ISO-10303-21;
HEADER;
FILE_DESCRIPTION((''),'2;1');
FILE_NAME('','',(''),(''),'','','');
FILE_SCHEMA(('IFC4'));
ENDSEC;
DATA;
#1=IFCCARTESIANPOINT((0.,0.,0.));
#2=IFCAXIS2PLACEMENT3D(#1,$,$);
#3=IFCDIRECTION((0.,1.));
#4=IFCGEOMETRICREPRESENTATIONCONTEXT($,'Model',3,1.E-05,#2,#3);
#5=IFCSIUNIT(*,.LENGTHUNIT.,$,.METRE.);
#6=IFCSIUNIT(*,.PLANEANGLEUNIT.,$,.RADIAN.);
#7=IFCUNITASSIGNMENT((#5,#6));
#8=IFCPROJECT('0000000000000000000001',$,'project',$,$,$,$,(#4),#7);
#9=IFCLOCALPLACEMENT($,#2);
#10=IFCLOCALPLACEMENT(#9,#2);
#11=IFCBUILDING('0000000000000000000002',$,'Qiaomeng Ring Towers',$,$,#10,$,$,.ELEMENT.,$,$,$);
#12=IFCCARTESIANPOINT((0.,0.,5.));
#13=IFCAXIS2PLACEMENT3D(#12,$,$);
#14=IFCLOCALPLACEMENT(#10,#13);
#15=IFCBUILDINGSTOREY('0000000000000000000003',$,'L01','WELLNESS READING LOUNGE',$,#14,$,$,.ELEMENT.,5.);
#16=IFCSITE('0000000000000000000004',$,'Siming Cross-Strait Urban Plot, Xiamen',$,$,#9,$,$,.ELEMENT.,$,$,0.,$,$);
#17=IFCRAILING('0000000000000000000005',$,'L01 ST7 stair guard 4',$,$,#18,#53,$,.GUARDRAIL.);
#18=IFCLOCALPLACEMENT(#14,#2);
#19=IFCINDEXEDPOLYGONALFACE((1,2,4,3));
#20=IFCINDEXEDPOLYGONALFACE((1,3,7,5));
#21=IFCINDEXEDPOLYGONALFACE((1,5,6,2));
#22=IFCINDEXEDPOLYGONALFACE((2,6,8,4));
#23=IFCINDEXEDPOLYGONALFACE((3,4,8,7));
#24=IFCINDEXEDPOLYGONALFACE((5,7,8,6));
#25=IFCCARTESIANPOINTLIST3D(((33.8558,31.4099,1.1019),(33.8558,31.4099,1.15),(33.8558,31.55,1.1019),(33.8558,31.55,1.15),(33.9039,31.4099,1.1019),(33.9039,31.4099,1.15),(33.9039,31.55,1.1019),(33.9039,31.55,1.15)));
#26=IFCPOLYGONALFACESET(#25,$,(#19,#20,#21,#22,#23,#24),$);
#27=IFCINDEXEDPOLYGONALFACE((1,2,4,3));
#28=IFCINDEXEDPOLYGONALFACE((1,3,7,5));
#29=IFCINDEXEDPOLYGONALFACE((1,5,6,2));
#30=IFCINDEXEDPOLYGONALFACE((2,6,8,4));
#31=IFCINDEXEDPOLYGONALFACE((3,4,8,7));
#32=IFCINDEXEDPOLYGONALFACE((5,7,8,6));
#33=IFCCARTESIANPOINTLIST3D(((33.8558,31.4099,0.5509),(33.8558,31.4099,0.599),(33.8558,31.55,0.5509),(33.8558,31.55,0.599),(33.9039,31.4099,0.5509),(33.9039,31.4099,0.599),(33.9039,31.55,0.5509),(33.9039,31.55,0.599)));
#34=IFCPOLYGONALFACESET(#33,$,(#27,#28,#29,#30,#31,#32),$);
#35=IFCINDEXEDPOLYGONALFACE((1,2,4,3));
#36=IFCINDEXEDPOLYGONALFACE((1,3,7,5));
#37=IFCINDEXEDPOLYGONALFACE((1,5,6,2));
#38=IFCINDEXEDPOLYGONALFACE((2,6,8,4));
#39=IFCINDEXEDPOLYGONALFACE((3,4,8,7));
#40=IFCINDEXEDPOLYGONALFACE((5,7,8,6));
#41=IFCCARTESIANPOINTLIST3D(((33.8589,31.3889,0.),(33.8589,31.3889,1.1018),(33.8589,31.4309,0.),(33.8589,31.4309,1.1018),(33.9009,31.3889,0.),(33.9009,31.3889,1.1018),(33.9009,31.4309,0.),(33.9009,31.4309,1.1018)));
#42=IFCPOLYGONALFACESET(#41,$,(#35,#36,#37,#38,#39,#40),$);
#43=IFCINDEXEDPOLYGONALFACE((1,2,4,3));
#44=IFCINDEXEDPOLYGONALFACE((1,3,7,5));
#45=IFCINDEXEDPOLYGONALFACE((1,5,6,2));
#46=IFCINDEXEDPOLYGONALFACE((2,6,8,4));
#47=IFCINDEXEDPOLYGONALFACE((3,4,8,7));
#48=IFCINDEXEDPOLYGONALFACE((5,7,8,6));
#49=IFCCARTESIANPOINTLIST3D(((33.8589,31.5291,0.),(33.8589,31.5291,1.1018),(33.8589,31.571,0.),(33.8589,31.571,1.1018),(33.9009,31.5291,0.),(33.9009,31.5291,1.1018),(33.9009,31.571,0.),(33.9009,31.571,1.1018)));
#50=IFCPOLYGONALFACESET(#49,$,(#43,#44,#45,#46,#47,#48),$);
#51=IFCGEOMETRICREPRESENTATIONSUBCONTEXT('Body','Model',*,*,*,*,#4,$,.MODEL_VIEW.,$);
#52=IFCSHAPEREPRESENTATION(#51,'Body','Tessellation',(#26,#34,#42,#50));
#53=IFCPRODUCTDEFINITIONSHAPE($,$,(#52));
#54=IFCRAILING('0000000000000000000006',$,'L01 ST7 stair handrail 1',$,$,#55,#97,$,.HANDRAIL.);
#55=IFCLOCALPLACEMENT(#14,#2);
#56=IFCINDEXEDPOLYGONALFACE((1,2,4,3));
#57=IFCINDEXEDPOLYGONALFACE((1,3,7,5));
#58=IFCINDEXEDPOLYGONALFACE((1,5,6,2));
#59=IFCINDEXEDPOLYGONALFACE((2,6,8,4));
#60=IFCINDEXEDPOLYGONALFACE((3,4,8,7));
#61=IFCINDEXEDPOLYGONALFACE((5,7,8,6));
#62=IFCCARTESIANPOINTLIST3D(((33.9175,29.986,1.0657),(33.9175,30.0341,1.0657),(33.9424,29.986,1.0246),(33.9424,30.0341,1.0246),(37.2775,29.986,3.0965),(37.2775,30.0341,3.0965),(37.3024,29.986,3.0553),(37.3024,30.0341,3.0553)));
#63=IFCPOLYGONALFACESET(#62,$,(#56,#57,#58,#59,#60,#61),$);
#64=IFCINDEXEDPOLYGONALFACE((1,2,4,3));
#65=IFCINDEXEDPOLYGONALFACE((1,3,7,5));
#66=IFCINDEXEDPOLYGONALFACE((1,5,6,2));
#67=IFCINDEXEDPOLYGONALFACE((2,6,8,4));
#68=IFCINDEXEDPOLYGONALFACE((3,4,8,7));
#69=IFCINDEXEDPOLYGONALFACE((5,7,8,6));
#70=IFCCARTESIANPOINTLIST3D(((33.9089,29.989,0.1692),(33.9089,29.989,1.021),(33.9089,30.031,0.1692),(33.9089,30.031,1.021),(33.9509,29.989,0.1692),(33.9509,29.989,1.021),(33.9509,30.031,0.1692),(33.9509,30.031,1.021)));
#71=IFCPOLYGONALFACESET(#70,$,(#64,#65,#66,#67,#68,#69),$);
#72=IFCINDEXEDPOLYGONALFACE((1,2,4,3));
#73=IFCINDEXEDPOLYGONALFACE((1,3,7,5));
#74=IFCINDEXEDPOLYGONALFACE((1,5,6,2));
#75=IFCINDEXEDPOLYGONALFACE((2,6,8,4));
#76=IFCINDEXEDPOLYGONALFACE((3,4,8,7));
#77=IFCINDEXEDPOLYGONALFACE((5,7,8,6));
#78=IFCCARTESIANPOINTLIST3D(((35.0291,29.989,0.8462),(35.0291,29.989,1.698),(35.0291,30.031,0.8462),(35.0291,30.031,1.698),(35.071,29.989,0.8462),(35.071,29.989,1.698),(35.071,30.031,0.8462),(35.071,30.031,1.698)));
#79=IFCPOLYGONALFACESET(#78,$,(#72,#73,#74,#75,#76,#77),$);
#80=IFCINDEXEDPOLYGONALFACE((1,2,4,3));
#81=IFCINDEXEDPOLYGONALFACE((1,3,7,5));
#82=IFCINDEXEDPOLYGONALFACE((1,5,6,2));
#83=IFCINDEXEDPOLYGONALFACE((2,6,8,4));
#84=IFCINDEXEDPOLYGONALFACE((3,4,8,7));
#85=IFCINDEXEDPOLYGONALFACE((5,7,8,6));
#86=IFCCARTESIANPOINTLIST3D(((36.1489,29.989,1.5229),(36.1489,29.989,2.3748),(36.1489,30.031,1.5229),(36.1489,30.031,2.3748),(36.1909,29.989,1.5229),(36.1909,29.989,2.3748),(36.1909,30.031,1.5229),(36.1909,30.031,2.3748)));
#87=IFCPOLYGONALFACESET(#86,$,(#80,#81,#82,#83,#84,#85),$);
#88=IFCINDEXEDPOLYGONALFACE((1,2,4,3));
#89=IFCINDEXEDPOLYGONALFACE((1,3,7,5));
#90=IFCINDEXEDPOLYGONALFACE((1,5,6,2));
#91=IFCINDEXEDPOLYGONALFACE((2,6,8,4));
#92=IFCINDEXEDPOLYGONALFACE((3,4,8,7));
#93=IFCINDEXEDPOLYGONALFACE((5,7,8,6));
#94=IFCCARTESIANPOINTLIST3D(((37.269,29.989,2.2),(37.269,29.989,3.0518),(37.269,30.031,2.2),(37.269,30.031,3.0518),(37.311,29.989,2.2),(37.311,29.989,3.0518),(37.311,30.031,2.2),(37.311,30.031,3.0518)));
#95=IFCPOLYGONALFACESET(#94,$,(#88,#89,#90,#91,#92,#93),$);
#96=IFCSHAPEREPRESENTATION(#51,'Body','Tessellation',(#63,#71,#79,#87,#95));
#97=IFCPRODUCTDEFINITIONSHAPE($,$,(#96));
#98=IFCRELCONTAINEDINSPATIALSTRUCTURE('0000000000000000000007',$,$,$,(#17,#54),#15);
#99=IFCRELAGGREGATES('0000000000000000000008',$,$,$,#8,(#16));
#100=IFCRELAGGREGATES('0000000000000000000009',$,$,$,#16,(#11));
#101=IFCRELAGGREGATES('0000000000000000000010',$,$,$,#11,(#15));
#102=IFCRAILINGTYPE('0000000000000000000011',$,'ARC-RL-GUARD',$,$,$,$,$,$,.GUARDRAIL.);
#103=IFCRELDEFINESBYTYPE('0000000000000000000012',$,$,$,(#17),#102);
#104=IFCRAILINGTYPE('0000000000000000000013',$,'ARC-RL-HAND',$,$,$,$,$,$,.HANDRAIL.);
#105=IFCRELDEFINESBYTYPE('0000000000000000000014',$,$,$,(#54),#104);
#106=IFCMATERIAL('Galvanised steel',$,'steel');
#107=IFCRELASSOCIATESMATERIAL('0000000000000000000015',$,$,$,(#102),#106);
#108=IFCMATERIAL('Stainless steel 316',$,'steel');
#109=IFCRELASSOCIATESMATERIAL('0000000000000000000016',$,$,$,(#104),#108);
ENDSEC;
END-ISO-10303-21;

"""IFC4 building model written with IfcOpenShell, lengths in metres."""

from ifc_helpers import new_model, si_unit, direction, frame, origin, origin_2d, place, context, subcontext, project, spatial, rectangle, extrude, material, type_object, element, save


model = new_model("IFC4")

# Units and contexts
model_context = context("Model", 3, precision=1e-05, world=origin(), true_north=direction((0.0, 1.0)))
body_context = subcontext(model_context, "Body", "Model", "MODEL_VIEW")
ifc_project = project(units=[si_unit("LENGTHUNIT", "METRE"), si_unit("PLANEANGLEUNIT", "RADIAN")], contexts=[model_context])

# Site, building, storey
site_placement = place(None, origin())
site = spatial("IfcSite", under=ifc_project, at=site_placement, Name="Siming Cross-Strait Urban Plot, Xiamen", CompositionType="ELEMENT", RefElevation=0.0)
building_placement = place(site_placement, origin())
building = spatial("IfcBuilding", under=site, at=building_placement, Name="Qiaomeng Ring Towers", CompositionType="ELEMENT")
storey_placement = place(building_placement, frame((0.0, 0.0, 5.0)))
storey = spatial("IfcBuildingStorey", under=building, at=storey_placement, Name="L01", Description="WELLNESS READING LOUNGE", CompositionType="ELEMENT", Elevation=5.0)

# Shared definitions
ifc_material_1 = material(Name="Galvanised steel", Category="steel")

# Railings
railing_type_1 = type_object("IfcRailingType", Name="ARC-RL-GUARD", PredefinedType="GUARDRAIL", material=ifc_material_1)
railing_1_placement = place(storey_placement, frame((33.8799, 31.4099, 0.0)))
element("IfcRailing", 1, at=railing_1_placement, inside=storey, type_object=railing_type_1, Name="L01 ST7 stair guard 4", PredefinedType="GUARDRAIL", context=body_context, shape_type="SweptSolid", body=[
    extrude(rectangle(XDim=0.0481, YDim=0.0481, at=origin_2d()), frame((0.0, 0.0, 1.126), z_axis=(0.0, 1.0, 0.0), x_axis=(-1.0, 0.0, 0.0)), (0.0, 0.0, 1.0), 0.1401),
    extrude(rectangle(XDim=0.0481, YDim=0.0481, at=origin_2d()), frame((0.0, 0.0, 0.575), z_axis=(0.0, 1.0, 0.0), x_axis=(-1.0, 0.0, 0.0)), (0.0, 0.0, 1.0), 0.1401),
    extrude(rectangle(XDim=0.042, YDim=0.042, at=origin_2d()), origin(), (0.0, 0.0, 1.0), 1.1018),
    extrude(rectangle(XDim=0.042, YDim=0.042, at=origin_2d()), frame((0.0, 0.1401, 0.0)), (0.0, 0.0, 1.0), 1.1018),
])
ifc_material_2 = material(Name="Stainless steel 316", Category="steel")
railing_type_2 = type_object("IfcRailingType", Name="ARC-RL-HAND", PredefinedType="HANDRAIL", material=ifc_material_2)
railing_2_placement = place(storey_placement, frame((33.9299, 30.01, 0.1692)))
element("IfcRailing", 2, at=railing_2_placement, inside=storey, type_object=railing_type_2, Name="L01 ST7 stair handrail 1", PredefinedType="HANDRAIL", context=body_context, shape_type="SweptSolid", body=[
    extrude(rectangle(XDim=0.0481, YDim=0.0481, at=origin_2d()), frame((0.0, 0.0, 0.876), z_axis=(0.855837, 0.0, 0.517246), x_axis=(0.0, 1.0, 0.0)), (0.0, 0.0, 1.0), 3.926),
    extrude(rectangle(XDim=0.042, YDim=0.042, at=origin_2d()), origin(), (0.0, 0.0, 1.0), 0.8518),
    extrude(rectangle(XDim=0.042, YDim=0.042, at=origin_2d()), frame((1.1201, 0.0, 0.677)), (0.0, 0.0, 1.0), 0.8518),
    extrude(rectangle(XDim=0.042, YDim=0.042, at=origin_2d()), frame((2.24, 0.0, 1.3538)), (0.0, 0.0, 1.0), 0.8518),
    extrude(rectangle(XDim=0.042, YDim=0.042, at=origin_2d()), frame((3.3601, 0.0, 2.0308)), (0.0, 0.0, 1.0), 0.8518),
])

save(model, "model.ifc")
